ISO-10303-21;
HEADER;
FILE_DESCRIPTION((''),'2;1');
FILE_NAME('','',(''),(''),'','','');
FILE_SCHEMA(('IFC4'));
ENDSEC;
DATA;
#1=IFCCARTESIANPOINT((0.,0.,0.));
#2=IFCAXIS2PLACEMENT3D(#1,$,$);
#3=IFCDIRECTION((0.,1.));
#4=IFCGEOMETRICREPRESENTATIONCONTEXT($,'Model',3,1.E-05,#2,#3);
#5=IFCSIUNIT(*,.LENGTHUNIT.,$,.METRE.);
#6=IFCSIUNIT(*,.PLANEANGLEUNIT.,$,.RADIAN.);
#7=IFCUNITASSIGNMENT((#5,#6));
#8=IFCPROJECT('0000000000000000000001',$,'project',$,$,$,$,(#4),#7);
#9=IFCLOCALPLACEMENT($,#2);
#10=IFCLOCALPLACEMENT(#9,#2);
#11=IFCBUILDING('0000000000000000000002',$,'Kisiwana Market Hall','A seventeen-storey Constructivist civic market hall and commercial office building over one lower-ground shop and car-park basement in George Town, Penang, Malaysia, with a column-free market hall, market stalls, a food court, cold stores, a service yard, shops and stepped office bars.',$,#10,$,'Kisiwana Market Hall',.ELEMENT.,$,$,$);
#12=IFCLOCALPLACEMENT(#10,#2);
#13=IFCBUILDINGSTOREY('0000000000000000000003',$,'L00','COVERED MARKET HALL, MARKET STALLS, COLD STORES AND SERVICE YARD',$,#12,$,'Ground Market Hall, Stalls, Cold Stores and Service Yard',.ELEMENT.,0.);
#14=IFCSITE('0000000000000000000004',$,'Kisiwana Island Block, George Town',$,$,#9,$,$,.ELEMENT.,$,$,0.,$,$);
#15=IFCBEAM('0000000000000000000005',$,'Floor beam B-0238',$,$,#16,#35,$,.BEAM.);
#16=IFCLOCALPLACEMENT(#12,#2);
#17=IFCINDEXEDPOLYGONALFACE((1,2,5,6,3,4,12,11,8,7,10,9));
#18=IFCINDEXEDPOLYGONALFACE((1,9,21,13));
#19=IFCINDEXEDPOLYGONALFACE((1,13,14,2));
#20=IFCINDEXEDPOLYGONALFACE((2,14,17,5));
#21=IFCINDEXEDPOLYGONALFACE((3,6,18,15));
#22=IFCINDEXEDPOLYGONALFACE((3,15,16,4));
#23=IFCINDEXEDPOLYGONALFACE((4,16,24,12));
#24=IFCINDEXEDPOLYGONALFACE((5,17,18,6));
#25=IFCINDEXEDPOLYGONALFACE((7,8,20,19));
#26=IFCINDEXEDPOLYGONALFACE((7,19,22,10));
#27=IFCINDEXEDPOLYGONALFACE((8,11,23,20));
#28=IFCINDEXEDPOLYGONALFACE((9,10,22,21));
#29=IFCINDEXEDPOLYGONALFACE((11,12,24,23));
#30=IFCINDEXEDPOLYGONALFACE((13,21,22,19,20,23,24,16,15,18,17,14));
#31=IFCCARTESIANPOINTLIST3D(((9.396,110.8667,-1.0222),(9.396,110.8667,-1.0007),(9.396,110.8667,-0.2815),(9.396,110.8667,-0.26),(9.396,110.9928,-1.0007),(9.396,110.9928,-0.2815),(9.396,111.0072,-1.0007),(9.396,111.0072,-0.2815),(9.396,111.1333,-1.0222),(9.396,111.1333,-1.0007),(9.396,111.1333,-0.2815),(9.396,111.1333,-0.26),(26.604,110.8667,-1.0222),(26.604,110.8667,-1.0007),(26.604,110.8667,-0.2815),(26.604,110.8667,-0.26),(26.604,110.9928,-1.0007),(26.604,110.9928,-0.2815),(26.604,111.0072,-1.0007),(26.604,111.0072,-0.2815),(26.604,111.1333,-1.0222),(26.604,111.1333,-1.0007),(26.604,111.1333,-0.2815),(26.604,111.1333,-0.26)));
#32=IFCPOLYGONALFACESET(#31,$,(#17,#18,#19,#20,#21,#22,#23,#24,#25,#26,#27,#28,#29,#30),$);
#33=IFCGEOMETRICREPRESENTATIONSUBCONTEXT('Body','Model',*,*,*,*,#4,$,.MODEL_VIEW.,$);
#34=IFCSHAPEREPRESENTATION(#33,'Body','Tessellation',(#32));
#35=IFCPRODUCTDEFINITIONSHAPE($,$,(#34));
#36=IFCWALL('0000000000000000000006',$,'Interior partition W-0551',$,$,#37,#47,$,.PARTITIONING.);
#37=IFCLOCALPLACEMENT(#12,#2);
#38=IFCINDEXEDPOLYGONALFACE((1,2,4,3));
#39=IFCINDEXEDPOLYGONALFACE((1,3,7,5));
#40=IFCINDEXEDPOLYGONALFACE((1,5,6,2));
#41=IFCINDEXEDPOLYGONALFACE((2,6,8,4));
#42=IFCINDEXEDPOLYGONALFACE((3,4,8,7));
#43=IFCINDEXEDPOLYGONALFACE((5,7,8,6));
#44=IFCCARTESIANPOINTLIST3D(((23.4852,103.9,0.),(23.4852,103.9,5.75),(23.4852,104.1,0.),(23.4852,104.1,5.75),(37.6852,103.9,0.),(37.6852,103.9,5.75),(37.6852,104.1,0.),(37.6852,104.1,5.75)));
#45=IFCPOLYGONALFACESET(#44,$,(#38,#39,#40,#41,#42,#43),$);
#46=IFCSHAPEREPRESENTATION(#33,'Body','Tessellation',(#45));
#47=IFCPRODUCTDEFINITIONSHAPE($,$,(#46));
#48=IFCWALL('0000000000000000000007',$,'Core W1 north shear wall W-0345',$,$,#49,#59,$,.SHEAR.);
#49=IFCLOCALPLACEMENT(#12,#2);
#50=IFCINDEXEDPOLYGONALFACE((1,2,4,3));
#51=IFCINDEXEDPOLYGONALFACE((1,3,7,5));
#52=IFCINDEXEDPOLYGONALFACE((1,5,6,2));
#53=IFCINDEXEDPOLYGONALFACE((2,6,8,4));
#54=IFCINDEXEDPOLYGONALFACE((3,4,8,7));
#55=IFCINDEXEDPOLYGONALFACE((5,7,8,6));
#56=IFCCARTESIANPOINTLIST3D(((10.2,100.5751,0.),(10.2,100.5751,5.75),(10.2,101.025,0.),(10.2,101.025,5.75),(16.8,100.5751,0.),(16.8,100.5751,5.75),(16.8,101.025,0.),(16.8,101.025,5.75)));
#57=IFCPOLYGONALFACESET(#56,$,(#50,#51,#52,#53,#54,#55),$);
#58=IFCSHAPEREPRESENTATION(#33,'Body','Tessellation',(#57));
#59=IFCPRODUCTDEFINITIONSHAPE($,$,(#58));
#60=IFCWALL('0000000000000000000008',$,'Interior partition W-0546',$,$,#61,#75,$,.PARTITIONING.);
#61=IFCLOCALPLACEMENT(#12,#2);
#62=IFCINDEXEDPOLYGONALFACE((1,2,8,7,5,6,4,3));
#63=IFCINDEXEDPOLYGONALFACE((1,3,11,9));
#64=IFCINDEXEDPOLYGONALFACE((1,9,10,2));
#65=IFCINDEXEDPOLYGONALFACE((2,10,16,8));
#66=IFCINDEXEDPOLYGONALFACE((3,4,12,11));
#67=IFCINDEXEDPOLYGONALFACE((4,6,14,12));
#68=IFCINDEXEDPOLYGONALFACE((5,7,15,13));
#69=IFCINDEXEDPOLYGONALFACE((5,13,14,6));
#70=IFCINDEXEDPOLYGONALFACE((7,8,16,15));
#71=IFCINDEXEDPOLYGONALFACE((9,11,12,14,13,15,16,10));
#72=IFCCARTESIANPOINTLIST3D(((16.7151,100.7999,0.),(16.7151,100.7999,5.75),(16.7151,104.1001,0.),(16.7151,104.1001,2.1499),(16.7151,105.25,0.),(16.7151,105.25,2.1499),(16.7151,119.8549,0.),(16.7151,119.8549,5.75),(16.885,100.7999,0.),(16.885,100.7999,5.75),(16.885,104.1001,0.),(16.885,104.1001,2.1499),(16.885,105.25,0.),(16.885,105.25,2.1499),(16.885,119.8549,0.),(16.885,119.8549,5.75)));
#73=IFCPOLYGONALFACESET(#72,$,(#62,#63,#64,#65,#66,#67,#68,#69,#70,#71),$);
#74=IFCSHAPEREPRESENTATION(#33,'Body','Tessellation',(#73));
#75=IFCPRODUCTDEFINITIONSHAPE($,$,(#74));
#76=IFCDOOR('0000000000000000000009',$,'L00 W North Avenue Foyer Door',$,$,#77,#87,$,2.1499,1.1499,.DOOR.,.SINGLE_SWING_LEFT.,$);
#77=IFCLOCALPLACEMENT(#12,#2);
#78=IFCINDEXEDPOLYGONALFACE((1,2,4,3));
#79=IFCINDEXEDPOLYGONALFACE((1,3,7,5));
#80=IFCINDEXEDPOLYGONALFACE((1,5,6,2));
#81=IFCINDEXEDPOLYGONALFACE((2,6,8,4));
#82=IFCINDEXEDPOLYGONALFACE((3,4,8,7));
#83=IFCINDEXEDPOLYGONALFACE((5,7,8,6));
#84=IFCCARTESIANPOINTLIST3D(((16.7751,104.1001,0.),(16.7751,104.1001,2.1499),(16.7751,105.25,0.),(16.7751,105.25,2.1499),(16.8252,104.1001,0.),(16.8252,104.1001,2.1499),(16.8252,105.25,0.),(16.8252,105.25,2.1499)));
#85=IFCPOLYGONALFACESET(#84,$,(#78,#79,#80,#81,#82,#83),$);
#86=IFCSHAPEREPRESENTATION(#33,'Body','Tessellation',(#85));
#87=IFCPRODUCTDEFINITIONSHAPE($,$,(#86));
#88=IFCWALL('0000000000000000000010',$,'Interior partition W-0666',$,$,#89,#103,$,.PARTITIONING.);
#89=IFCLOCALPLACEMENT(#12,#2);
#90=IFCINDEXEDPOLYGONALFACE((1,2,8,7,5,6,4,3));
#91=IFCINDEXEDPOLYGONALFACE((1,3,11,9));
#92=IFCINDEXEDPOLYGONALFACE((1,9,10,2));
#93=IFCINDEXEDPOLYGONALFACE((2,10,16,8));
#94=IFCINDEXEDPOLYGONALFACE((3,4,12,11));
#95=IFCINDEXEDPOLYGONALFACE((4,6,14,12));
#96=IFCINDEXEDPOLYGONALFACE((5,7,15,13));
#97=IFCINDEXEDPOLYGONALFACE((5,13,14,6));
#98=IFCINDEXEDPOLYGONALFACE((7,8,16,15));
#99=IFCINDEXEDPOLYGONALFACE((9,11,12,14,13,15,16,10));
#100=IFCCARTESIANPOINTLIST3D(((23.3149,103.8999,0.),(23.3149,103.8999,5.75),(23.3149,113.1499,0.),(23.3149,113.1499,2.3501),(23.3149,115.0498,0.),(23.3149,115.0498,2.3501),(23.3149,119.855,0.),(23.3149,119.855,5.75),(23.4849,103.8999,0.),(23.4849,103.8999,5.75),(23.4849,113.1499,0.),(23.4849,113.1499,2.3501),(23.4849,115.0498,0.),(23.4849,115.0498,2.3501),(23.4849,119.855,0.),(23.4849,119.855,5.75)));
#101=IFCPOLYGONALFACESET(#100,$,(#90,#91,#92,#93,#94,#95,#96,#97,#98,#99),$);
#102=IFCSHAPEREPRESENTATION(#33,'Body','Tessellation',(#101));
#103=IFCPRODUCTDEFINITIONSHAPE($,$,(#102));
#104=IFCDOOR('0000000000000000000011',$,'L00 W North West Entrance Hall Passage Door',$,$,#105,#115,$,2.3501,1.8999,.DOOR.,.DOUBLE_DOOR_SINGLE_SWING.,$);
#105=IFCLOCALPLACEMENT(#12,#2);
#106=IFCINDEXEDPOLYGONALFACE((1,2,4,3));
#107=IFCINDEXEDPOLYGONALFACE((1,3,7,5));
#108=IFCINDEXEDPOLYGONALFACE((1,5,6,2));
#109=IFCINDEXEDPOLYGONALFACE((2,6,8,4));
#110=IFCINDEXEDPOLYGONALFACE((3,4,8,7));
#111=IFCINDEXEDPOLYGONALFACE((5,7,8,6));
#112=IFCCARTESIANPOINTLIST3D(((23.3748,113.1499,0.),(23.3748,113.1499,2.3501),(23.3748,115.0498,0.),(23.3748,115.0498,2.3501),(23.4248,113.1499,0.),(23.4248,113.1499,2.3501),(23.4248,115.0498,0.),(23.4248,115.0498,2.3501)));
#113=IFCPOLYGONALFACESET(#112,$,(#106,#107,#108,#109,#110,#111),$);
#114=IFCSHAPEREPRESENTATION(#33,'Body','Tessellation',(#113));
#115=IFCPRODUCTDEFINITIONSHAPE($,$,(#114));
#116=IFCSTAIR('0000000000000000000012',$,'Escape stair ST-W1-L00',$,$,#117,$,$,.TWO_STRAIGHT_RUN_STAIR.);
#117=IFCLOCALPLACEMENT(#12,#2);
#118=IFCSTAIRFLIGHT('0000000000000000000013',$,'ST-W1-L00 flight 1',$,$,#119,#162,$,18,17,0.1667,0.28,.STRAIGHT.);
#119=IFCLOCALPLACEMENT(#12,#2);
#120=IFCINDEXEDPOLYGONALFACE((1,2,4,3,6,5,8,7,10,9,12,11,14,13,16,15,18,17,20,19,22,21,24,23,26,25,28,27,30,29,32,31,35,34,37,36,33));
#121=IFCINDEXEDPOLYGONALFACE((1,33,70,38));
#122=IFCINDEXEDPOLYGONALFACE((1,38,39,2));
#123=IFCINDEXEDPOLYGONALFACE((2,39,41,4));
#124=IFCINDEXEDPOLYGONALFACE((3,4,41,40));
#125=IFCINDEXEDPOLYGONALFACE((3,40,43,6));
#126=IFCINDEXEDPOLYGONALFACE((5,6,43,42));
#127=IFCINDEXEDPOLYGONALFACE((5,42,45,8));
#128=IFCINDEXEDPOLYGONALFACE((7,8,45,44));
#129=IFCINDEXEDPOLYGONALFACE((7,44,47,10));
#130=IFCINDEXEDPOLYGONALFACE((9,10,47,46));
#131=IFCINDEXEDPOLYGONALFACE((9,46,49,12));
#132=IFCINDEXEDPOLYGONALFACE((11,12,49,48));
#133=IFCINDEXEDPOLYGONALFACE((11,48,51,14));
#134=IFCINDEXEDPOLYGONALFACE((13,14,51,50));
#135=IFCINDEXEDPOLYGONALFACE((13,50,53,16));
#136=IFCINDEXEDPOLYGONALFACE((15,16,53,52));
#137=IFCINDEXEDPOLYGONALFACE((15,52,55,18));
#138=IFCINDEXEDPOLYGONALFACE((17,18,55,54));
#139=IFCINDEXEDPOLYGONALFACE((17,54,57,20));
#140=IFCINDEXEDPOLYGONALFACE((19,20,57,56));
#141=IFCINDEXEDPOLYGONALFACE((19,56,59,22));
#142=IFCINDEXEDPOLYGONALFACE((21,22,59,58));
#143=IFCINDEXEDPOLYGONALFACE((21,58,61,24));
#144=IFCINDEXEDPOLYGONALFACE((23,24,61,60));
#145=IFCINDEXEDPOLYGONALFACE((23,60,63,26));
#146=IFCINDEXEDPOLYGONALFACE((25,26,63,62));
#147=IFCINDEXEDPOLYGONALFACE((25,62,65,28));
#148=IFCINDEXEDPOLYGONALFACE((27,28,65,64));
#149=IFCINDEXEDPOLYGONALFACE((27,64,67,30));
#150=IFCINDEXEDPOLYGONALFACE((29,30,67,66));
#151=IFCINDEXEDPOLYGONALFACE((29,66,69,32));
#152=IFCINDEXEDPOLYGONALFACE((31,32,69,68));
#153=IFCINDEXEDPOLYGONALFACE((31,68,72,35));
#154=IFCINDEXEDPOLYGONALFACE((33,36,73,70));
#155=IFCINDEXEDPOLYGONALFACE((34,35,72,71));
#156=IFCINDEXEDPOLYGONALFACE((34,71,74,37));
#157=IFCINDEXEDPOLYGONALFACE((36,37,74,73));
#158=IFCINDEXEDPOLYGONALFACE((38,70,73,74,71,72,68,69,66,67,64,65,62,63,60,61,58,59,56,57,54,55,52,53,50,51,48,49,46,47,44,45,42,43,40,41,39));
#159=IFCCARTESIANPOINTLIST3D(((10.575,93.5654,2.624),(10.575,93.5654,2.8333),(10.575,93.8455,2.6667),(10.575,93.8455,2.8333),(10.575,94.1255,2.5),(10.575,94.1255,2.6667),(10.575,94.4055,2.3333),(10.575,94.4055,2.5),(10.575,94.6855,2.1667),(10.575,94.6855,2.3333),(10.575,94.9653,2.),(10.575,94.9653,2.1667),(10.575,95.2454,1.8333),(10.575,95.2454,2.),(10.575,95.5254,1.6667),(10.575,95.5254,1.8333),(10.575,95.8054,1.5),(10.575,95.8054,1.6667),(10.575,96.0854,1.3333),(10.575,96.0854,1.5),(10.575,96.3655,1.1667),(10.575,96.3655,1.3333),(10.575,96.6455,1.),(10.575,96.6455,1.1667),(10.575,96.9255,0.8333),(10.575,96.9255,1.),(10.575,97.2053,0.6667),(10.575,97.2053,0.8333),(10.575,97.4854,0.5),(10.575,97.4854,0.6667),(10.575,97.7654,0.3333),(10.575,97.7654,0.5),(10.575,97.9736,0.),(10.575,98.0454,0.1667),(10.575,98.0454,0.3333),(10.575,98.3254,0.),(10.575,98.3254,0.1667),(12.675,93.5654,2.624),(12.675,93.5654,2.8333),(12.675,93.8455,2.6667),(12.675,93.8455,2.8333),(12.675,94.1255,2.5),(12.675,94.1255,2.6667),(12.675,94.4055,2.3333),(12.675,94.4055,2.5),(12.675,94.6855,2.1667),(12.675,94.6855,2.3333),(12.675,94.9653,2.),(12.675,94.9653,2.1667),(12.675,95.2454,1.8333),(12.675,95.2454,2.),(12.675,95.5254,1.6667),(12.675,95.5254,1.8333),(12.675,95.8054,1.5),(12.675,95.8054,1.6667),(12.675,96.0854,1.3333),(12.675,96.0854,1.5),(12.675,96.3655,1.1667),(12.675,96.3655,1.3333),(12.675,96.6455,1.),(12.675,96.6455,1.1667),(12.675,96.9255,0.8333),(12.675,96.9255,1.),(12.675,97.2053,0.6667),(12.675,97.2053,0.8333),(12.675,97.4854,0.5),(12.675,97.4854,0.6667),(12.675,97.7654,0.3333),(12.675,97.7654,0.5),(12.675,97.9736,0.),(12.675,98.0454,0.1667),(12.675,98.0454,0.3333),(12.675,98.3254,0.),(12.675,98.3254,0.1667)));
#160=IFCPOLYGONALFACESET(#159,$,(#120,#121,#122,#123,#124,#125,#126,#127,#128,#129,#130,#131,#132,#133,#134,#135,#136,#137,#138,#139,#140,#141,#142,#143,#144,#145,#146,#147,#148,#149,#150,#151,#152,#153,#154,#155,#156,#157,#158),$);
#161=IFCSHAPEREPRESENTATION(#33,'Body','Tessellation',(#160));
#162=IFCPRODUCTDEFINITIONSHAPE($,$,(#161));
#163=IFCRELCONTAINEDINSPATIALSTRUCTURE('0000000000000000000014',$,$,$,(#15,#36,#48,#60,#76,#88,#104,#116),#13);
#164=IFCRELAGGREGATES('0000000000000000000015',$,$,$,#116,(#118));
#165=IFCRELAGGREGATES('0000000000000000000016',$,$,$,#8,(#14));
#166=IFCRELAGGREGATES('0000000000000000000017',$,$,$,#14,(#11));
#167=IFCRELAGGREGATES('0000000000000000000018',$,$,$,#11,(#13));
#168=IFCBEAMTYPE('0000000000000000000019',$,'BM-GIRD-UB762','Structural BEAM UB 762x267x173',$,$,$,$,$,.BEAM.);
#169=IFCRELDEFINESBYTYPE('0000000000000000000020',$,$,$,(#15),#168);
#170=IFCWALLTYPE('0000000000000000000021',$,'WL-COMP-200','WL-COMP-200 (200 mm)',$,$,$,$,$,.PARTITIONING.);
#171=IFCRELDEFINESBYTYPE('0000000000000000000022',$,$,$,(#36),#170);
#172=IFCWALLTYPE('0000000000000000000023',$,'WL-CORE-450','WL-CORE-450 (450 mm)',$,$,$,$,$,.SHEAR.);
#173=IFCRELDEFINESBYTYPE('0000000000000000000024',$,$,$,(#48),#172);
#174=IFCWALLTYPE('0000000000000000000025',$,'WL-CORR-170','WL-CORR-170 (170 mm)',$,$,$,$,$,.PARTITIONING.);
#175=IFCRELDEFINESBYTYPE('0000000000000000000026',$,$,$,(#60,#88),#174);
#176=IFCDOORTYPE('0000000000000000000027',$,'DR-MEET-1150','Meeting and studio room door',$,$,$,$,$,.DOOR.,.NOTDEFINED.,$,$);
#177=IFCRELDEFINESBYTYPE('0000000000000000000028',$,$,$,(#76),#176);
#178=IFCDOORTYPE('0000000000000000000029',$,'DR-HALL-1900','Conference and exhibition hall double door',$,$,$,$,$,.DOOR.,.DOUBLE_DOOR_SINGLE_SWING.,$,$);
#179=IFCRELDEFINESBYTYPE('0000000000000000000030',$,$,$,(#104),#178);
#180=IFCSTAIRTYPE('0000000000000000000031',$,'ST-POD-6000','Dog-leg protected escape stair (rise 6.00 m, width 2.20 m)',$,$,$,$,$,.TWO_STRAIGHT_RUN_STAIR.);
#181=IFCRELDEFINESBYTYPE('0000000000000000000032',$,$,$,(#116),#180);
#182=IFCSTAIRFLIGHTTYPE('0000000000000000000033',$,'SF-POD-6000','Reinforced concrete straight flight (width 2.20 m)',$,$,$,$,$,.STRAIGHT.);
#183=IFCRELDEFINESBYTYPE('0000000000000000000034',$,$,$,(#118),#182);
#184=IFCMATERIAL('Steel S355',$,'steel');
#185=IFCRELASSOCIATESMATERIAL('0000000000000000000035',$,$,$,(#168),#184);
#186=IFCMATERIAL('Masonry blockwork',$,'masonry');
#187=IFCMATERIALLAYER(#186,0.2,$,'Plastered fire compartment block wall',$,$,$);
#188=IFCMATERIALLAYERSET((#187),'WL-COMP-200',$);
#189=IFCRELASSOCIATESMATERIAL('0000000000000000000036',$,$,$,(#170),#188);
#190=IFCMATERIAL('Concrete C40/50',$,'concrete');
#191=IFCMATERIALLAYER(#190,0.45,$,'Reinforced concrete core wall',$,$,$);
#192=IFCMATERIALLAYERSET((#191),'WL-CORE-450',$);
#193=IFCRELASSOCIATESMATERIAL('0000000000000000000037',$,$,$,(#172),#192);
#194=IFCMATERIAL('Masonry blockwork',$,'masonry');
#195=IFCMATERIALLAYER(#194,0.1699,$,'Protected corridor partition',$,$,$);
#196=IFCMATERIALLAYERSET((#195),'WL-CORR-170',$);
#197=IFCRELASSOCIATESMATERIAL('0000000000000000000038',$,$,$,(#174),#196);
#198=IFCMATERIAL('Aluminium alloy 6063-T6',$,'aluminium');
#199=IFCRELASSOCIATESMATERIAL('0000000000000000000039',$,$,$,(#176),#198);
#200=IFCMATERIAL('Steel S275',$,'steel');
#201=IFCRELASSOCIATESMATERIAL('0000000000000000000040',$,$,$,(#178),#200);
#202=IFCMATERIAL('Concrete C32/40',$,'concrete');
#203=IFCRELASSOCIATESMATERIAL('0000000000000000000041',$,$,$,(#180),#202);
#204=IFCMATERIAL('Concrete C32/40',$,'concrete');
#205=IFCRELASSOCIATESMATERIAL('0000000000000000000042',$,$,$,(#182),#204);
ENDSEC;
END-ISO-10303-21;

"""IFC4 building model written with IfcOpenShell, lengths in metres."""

from ifc_helpers import new_model, si_unit, direction, frame, frame_2d, origin, origin_2d, place, context, subcontext, project, spatial, polyline, rectangle, i_section, outline, extrude, material, layer, layer_set, material_profile, profile_set, type_object, element, fill, aggregate, save


model = new_model("IFC4")

# Units and contexts
model_context = context("Model", 3, precision=1e-05, world=origin(), true_north=direction((0.0, 1.0)))
body_context = subcontext(model_context, "Body", "Model", "MODEL_VIEW")
ifc_project = project(units=[si_unit("LENGTHUNIT", "METRE"), si_unit("PLANEANGLEUNIT", "RADIAN")], contexts=[model_context])

# Site, building, storey
site_placement = place(None, origin())
site = spatial("IfcSite", under=ifc_project, at=site_placement, Name="Kisiwana Island Block, George Town", CompositionType="ELEMENT", RefElevation=0.0)
building_placement = place(site_placement, origin())
building = spatial("IfcBuilding", under=site, at=building_placement, Name="Kisiwana Market Hall", Description="A seventeen-storey Constructivist civic market hall and commercial office building over one lower-ground shop and car-park basement in George Town, Penang, Malaysia, with a column-free market hall, market stalls, a food court, cold stores, a service yard, shops and stepped office bars.", LongName="Kisiwana Market Hall", CompositionType="ELEMENT")
storey_placement = place(building_placement, origin())
storey = spatial("IfcBuildingStorey", under=building, at=storey_placement, Name="L00", Description="COVERED MARKET HALL, MARKET STALLS, COLD STORES AND SERVICE YARD", LongName="Ground Market Hall, Stalls, Cold Stores and Service Yard", CompositionType="ELEMENT", Elevation=0.0)

# Beam
ifc_material_1 = material(Name="Steel S355", Category="steel")
ifc_material_profile_1 = material_profile(ifc_material_1, i_section(OverallWidth=0.2666, OverallDepth=0.7622, WebThickness=0.0144, FlangeThickness=0.0215, at=origin_2d()), Name="UB 762x267x173")
ifc_profile_set_1 = profile_set([ifc_material_profile_1], Name="Steel S355")
beam_type_1 = type_object("IfcBeamType", Name="BM-GIRD-UB762", Description="Structural BEAM UB 762x267x173", PredefinedType="BEAM", material=ifc_profile_set_1)
beam_1_placement = place(storey_placement, frame((9.396, 111.0, -0.6411), z_axis=(1.0, 0.0, 0.0), x_axis=(0.0, 1.0, 0.0)))
element("IfcBeam", 1, at=beam_1_placement, inside=storey, type_object=beam_type_1, Name="Floor beam B-0238", PredefinedType="BEAM", context=body_context, shape_type="SweptSolid", body=[
    extrude(i_section(OverallWidth=0.2666, OverallDepth=0.7622, WebThickness=0.0144, FlangeThickness=0.0215, at=origin_2d()), origin(), (0.0, 0.0, 1.0), 17.208),
])

# Walls
ifc_material_2 = material(Name="Masonry blockwork", Category="masonry")
ifc_layer_1 = layer(ifc_material_2, 0.2, Name="Plastered fire compartment block wall")
ifc_layer_set_1 = layer_set([ifc_layer_1], Name="WL-COMP-200")
wall_type_1 = type_object("IfcWallType", Name="WL-COMP-200", Description="WL-COMP-200 (200 mm)", PredefinedType="PARTITIONING", material=ifc_layer_set_1)
wall_1_placement = place(storey_placement, frame((23.4851, 104.0, 0.0), z_axis=(0.0, 0.0, 1.0), x_axis=(1.0, 0.0, 0.0)))
element("IfcWall", 2, at=wall_1_placement, inside=storey, type_object=wall_type_1, Name="Interior partition W-0551", PredefinedType="PARTITIONING", context=body_context, shape_type="SweptSolid", body=[
    extrude(rectangle(XDim=14.2, YDim=0.2, at=frame_2d((7.1001, 0.0))), origin(), (0.0, 0.0, 1.0), 5.75),
])
ifc_material_3 = material(Name="Concrete C40/50", Category="concrete")
ifc_layer_2 = layer(ifc_material_3, 0.45, Name="Reinforced concrete core wall")
ifc_layer_set_2 = layer_set([ifc_layer_2], Name="WL-CORE-450")
wall_type_2 = type_object("IfcWallType", Name="WL-CORE-450", Description="WL-CORE-450 (450 mm)", PredefinedType="SHEAR", material=ifc_layer_set_2)
wall_2_placement = place(storey_placement, frame((10.2, 100.8, 0.0), z_axis=(0.0, 0.0, 1.0), x_axis=(1.0, 0.0, 0.0)))
element("IfcWall", 3, at=wall_2_placement, inside=storey, type_object=wall_type_2, Name="Core W1 north shear wall W-0345", PredefinedType="SHEAR", context=body_context, shape_type="SweptSolid", body=[
    extrude(rectangle(XDim=6.6001, YDim=0.45, at=frame_2d((3.3, 0.0))), origin(), (0.0, 0.0, 1.0), 5.75),
])

# Walls, openings, doors
ifc_material_4 = material(Name="Masonry blockwork", Category="masonry")
ifc_layer_3 = layer(ifc_material_4, 0.1699, Name="Protected corridor partition")
ifc_layer_set_3 = layer_set([ifc_layer_3], Name="WL-CORR-170")
wall_type_3 = type_object("IfcWallType", Name="WL-CORR-170", Description="WL-CORR-170 (170 mm)", PredefinedType="PARTITIONING", material=ifc_layer_set_3)
wall_3_placement = place(storey_placement, frame((16.8, 100.8, 0.0), z_axis=(0.0, 0.0, 1.0), x_axis=(0.0, 1.0, 0.0)))
wall_3 = element("IfcWall", 4, at=wall_3_placement, inside=storey, type_object=wall_type_3, Name="Interior partition W-0546", PredefinedType="PARTITIONING", context=body_context, shape_type="SweptSolid", body=[
    extrude(rectangle(XDim=19.0549, YDim=0.1699, at=frame_2d((9.5273, 0.0))), origin(), (0.0, 0.0, 1.0), 5.75),
])
opening_1_placement = place(wall_3_placement, frame((3.3, 0.0, 0.0)))
opening_1 = element("IfcOpeningElement", 5, at=opening_1_placement, cuts=wall_3, PredefinedType="OPENING", context=body_context, shape_type="SweptSolid", body=[
    extrude(rectangle(XDim=1.1499, YDim=2.1499, at=frame_2d((0.575, 1.075))), frame((0.0, 0.0969, 0.0), z_axis=(0.0, -1.0, 0.0), x_axis=(1.0, 0.0, 0.0)), (0.0, 0.0, 1.0), 0.1938),
])
ifc_material_5 = material(Name="Aluminium alloy 6063-T6", Category="aluminium")
door_type_1 = type_object("IfcDoorType", Name="DR-MEET-1150", Description="Meeting and studio room door", OperationType="NOTDEFINED", PredefinedType="DOOR", material=ifc_material_5)
door_1_placement = place(opening_1_placement, origin())
door_1 = element("IfcDoor", 6, at=door_1_placement, inside=storey, type_object=door_type_1, Name="L00 W North Avenue Foyer Door", OperationType="SINGLE_SWING_LEFT", OverallHeight=2.1499, OverallWidth=1.1499, PredefinedType="DOOR", context=body_context, shape_type="SweptSolid", body=[
    extrude(rectangle(XDim=1.1499, YDim=2.1499, at=frame_2d((0.575, 1.075))), frame((0.0, 0.0249, 0.0), z_axis=(0.0, -1.0, 0.0), x_axis=(1.0, 0.0, 0.0)), (0.0, 0.0, 1.0), 0.05),
])
fill(opening_1, door_1)
wall_4_placement = place(storey_placement, frame((23.3999, 103.8999, 0.0), z_axis=(0.0, 0.0, 1.0), x_axis=(0.0, 1.0, 0.0)))
wall_4 = element("IfcWall", 7, at=wall_4_placement, inside=storey, type_object=wall_type_3, Name="Interior partition W-0666", PredefinedType="PARTITIONING", context=body_context, shape_type="SweptSolid", body=[
    extrude(rectangle(XDim=15.9551, YDim=0.1699, at=frame_2d((7.9775, 0.0))), origin(), (0.0, 0.0, 1.0), 5.75),
])
opening_2_placement = place(wall_4_placement, frame((9.25, 0.0, 0.0)))
opening_2 = element("IfcOpeningElement", 8, at=opening_2_placement, cuts=wall_4, PredefinedType="OPENING", context=body_context, shape_type="SweptSolid", body=[
    extrude(rectangle(XDim=1.8999, YDim=2.3501, at=frame_2d((0.95, 1.175))), frame((0.0, 0.0969, 0.0), z_axis=(0.0, -1.0, 0.0), x_axis=(1.0, 0.0, 0.0)), (0.0, 0.0, 1.0), 0.1938),
])
ifc_material_6 = material(Name="Steel S275", Category="steel")
door_type_2 = type_object("IfcDoorType", Name="DR-HALL-1900", Description="Conference and exhibition hall double door", OperationType="DOUBLE_DOOR_SINGLE_SWING", PredefinedType="DOOR", material=ifc_material_6)
door_2_placement = place(opening_2_placement, frame((1.8999, 0.0, 0.0), z_axis=(0.0, 0.0, 1.0), x_axis=(-1.0, 0.0, 0.0)))
door_2 = element("IfcDoor", 9, at=door_2_placement, inside=storey, type_object=door_type_2, Name="L00 W North West Entrance Hall Passage Door", OperationType="DOUBLE_DOOR_SINGLE_SWING", OverallHeight=2.3501, OverallWidth=1.8999, PredefinedType="DOOR", context=body_context, shape_type="SweptSolid", body=[
    extrude(rectangle(XDim=1.8999, YDim=2.3501, at=frame_2d((0.95, 1.175))), frame((0.0, 0.0249, 0.0), z_axis=(0.0, -1.0, 0.0), x_axis=(1.0, 0.0, 0.0)), (0.0, 0.0, 1.0), 0.05),
])
fill(opening_2, door_2)

# Stair, stair flight
ifc_material_7 = material(Name="Concrete C32/40", Category="concrete")
stair_type = type_object("IfcStairType", Name="ST-POD-6000", Description="Dog-leg protected escape stair (rise 6.00 m, width 2.20 m)", PredefinedType="TWO_STRAIGHT_RUN_STAIR", material=ifc_material_7)
stair_placement = place(storey_placement, origin())
stair = element("IfcStair", 10, at=stair_placement, inside=storey, type_object=stair_type, Name="Escape stair ST-W1-L00", PredefinedType="TWO_STRAIGHT_RUN_STAIR")
ifc_material_8 = material(Name="Concrete C32/40", Category="concrete")
stair_flight_type = type_object("IfcStairFlightType", Name="SF-POD-6000", Description="Reinforced concrete straight flight (width 2.20 m)", PredefinedType="STRAIGHT", material=ifc_material_8)
stair_flight_1_placement = place(storey_placement, frame((11.625, 98.3254, 0.0), z_axis=(0.0, 0.0, 1.0), x_axis=(0.0, -1.0, 0.0)))
stair_flight_1 = element("IfcStairFlight", 11, at=stair_flight_1_placement, type_object=stair_flight_type, Name="ST-W1-L00 flight 1", NumberOfRisers=18, NumberOfTreads=17, PredefinedType="STRAIGHT", RiserHeight=0.1667, TreadLength=0.28, context=body_context, shape_type="SweptSolid", body=[
    extrude(outline(polyline([(0.0, 0.0), (0.0, 0.1667), (0.28, 0.1667), (0.28, 0.3333), (0.5601, 0.3333), (0.5601, 0.5), (0.8401, 0.5), (0.8401, 0.6667), (1.1201, 0.6667), (1.1201, 0.8333), (1.3999, 0.8333), (1.3999, 1.0), (1.6799, 1.0), (1.6799, 1.1667), (1.96, 1.1667), (1.96, 1.3333), (2.24, 1.3333), (2.24, 1.5), (2.52, 1.5), (2.52, 1.6667), (2.8, 1.6667), (2.8, 1.8333), (3.0801, 1.8333), (3.0801, 2.0), (3.3601, 2.0), (3.3601, 2.1667), (3.6399, 2.1667), (3.6399, 2.3333), (3.9199, 2.3333), (3.9199, 2.5), (4.2, 2.5), (4.2, 2.6667), (4.48, 2.6667), (4.48, 2.8333), (4.76, 2.8333), (4.76, 3.0), (4.76, 2.624), (0.3518, 0.0), (0.0, 0.0)])), frame((0.0, 1.05, 0.0), z_axis=(0.0, -1.0, 0.0), x_axis=(1.0, 0.0, 0.0)), (0.0, 0.0, 1.0), 2.1001),
])
aggregate(stair, [stair_flight_1])

save(model, "model.ifc")
